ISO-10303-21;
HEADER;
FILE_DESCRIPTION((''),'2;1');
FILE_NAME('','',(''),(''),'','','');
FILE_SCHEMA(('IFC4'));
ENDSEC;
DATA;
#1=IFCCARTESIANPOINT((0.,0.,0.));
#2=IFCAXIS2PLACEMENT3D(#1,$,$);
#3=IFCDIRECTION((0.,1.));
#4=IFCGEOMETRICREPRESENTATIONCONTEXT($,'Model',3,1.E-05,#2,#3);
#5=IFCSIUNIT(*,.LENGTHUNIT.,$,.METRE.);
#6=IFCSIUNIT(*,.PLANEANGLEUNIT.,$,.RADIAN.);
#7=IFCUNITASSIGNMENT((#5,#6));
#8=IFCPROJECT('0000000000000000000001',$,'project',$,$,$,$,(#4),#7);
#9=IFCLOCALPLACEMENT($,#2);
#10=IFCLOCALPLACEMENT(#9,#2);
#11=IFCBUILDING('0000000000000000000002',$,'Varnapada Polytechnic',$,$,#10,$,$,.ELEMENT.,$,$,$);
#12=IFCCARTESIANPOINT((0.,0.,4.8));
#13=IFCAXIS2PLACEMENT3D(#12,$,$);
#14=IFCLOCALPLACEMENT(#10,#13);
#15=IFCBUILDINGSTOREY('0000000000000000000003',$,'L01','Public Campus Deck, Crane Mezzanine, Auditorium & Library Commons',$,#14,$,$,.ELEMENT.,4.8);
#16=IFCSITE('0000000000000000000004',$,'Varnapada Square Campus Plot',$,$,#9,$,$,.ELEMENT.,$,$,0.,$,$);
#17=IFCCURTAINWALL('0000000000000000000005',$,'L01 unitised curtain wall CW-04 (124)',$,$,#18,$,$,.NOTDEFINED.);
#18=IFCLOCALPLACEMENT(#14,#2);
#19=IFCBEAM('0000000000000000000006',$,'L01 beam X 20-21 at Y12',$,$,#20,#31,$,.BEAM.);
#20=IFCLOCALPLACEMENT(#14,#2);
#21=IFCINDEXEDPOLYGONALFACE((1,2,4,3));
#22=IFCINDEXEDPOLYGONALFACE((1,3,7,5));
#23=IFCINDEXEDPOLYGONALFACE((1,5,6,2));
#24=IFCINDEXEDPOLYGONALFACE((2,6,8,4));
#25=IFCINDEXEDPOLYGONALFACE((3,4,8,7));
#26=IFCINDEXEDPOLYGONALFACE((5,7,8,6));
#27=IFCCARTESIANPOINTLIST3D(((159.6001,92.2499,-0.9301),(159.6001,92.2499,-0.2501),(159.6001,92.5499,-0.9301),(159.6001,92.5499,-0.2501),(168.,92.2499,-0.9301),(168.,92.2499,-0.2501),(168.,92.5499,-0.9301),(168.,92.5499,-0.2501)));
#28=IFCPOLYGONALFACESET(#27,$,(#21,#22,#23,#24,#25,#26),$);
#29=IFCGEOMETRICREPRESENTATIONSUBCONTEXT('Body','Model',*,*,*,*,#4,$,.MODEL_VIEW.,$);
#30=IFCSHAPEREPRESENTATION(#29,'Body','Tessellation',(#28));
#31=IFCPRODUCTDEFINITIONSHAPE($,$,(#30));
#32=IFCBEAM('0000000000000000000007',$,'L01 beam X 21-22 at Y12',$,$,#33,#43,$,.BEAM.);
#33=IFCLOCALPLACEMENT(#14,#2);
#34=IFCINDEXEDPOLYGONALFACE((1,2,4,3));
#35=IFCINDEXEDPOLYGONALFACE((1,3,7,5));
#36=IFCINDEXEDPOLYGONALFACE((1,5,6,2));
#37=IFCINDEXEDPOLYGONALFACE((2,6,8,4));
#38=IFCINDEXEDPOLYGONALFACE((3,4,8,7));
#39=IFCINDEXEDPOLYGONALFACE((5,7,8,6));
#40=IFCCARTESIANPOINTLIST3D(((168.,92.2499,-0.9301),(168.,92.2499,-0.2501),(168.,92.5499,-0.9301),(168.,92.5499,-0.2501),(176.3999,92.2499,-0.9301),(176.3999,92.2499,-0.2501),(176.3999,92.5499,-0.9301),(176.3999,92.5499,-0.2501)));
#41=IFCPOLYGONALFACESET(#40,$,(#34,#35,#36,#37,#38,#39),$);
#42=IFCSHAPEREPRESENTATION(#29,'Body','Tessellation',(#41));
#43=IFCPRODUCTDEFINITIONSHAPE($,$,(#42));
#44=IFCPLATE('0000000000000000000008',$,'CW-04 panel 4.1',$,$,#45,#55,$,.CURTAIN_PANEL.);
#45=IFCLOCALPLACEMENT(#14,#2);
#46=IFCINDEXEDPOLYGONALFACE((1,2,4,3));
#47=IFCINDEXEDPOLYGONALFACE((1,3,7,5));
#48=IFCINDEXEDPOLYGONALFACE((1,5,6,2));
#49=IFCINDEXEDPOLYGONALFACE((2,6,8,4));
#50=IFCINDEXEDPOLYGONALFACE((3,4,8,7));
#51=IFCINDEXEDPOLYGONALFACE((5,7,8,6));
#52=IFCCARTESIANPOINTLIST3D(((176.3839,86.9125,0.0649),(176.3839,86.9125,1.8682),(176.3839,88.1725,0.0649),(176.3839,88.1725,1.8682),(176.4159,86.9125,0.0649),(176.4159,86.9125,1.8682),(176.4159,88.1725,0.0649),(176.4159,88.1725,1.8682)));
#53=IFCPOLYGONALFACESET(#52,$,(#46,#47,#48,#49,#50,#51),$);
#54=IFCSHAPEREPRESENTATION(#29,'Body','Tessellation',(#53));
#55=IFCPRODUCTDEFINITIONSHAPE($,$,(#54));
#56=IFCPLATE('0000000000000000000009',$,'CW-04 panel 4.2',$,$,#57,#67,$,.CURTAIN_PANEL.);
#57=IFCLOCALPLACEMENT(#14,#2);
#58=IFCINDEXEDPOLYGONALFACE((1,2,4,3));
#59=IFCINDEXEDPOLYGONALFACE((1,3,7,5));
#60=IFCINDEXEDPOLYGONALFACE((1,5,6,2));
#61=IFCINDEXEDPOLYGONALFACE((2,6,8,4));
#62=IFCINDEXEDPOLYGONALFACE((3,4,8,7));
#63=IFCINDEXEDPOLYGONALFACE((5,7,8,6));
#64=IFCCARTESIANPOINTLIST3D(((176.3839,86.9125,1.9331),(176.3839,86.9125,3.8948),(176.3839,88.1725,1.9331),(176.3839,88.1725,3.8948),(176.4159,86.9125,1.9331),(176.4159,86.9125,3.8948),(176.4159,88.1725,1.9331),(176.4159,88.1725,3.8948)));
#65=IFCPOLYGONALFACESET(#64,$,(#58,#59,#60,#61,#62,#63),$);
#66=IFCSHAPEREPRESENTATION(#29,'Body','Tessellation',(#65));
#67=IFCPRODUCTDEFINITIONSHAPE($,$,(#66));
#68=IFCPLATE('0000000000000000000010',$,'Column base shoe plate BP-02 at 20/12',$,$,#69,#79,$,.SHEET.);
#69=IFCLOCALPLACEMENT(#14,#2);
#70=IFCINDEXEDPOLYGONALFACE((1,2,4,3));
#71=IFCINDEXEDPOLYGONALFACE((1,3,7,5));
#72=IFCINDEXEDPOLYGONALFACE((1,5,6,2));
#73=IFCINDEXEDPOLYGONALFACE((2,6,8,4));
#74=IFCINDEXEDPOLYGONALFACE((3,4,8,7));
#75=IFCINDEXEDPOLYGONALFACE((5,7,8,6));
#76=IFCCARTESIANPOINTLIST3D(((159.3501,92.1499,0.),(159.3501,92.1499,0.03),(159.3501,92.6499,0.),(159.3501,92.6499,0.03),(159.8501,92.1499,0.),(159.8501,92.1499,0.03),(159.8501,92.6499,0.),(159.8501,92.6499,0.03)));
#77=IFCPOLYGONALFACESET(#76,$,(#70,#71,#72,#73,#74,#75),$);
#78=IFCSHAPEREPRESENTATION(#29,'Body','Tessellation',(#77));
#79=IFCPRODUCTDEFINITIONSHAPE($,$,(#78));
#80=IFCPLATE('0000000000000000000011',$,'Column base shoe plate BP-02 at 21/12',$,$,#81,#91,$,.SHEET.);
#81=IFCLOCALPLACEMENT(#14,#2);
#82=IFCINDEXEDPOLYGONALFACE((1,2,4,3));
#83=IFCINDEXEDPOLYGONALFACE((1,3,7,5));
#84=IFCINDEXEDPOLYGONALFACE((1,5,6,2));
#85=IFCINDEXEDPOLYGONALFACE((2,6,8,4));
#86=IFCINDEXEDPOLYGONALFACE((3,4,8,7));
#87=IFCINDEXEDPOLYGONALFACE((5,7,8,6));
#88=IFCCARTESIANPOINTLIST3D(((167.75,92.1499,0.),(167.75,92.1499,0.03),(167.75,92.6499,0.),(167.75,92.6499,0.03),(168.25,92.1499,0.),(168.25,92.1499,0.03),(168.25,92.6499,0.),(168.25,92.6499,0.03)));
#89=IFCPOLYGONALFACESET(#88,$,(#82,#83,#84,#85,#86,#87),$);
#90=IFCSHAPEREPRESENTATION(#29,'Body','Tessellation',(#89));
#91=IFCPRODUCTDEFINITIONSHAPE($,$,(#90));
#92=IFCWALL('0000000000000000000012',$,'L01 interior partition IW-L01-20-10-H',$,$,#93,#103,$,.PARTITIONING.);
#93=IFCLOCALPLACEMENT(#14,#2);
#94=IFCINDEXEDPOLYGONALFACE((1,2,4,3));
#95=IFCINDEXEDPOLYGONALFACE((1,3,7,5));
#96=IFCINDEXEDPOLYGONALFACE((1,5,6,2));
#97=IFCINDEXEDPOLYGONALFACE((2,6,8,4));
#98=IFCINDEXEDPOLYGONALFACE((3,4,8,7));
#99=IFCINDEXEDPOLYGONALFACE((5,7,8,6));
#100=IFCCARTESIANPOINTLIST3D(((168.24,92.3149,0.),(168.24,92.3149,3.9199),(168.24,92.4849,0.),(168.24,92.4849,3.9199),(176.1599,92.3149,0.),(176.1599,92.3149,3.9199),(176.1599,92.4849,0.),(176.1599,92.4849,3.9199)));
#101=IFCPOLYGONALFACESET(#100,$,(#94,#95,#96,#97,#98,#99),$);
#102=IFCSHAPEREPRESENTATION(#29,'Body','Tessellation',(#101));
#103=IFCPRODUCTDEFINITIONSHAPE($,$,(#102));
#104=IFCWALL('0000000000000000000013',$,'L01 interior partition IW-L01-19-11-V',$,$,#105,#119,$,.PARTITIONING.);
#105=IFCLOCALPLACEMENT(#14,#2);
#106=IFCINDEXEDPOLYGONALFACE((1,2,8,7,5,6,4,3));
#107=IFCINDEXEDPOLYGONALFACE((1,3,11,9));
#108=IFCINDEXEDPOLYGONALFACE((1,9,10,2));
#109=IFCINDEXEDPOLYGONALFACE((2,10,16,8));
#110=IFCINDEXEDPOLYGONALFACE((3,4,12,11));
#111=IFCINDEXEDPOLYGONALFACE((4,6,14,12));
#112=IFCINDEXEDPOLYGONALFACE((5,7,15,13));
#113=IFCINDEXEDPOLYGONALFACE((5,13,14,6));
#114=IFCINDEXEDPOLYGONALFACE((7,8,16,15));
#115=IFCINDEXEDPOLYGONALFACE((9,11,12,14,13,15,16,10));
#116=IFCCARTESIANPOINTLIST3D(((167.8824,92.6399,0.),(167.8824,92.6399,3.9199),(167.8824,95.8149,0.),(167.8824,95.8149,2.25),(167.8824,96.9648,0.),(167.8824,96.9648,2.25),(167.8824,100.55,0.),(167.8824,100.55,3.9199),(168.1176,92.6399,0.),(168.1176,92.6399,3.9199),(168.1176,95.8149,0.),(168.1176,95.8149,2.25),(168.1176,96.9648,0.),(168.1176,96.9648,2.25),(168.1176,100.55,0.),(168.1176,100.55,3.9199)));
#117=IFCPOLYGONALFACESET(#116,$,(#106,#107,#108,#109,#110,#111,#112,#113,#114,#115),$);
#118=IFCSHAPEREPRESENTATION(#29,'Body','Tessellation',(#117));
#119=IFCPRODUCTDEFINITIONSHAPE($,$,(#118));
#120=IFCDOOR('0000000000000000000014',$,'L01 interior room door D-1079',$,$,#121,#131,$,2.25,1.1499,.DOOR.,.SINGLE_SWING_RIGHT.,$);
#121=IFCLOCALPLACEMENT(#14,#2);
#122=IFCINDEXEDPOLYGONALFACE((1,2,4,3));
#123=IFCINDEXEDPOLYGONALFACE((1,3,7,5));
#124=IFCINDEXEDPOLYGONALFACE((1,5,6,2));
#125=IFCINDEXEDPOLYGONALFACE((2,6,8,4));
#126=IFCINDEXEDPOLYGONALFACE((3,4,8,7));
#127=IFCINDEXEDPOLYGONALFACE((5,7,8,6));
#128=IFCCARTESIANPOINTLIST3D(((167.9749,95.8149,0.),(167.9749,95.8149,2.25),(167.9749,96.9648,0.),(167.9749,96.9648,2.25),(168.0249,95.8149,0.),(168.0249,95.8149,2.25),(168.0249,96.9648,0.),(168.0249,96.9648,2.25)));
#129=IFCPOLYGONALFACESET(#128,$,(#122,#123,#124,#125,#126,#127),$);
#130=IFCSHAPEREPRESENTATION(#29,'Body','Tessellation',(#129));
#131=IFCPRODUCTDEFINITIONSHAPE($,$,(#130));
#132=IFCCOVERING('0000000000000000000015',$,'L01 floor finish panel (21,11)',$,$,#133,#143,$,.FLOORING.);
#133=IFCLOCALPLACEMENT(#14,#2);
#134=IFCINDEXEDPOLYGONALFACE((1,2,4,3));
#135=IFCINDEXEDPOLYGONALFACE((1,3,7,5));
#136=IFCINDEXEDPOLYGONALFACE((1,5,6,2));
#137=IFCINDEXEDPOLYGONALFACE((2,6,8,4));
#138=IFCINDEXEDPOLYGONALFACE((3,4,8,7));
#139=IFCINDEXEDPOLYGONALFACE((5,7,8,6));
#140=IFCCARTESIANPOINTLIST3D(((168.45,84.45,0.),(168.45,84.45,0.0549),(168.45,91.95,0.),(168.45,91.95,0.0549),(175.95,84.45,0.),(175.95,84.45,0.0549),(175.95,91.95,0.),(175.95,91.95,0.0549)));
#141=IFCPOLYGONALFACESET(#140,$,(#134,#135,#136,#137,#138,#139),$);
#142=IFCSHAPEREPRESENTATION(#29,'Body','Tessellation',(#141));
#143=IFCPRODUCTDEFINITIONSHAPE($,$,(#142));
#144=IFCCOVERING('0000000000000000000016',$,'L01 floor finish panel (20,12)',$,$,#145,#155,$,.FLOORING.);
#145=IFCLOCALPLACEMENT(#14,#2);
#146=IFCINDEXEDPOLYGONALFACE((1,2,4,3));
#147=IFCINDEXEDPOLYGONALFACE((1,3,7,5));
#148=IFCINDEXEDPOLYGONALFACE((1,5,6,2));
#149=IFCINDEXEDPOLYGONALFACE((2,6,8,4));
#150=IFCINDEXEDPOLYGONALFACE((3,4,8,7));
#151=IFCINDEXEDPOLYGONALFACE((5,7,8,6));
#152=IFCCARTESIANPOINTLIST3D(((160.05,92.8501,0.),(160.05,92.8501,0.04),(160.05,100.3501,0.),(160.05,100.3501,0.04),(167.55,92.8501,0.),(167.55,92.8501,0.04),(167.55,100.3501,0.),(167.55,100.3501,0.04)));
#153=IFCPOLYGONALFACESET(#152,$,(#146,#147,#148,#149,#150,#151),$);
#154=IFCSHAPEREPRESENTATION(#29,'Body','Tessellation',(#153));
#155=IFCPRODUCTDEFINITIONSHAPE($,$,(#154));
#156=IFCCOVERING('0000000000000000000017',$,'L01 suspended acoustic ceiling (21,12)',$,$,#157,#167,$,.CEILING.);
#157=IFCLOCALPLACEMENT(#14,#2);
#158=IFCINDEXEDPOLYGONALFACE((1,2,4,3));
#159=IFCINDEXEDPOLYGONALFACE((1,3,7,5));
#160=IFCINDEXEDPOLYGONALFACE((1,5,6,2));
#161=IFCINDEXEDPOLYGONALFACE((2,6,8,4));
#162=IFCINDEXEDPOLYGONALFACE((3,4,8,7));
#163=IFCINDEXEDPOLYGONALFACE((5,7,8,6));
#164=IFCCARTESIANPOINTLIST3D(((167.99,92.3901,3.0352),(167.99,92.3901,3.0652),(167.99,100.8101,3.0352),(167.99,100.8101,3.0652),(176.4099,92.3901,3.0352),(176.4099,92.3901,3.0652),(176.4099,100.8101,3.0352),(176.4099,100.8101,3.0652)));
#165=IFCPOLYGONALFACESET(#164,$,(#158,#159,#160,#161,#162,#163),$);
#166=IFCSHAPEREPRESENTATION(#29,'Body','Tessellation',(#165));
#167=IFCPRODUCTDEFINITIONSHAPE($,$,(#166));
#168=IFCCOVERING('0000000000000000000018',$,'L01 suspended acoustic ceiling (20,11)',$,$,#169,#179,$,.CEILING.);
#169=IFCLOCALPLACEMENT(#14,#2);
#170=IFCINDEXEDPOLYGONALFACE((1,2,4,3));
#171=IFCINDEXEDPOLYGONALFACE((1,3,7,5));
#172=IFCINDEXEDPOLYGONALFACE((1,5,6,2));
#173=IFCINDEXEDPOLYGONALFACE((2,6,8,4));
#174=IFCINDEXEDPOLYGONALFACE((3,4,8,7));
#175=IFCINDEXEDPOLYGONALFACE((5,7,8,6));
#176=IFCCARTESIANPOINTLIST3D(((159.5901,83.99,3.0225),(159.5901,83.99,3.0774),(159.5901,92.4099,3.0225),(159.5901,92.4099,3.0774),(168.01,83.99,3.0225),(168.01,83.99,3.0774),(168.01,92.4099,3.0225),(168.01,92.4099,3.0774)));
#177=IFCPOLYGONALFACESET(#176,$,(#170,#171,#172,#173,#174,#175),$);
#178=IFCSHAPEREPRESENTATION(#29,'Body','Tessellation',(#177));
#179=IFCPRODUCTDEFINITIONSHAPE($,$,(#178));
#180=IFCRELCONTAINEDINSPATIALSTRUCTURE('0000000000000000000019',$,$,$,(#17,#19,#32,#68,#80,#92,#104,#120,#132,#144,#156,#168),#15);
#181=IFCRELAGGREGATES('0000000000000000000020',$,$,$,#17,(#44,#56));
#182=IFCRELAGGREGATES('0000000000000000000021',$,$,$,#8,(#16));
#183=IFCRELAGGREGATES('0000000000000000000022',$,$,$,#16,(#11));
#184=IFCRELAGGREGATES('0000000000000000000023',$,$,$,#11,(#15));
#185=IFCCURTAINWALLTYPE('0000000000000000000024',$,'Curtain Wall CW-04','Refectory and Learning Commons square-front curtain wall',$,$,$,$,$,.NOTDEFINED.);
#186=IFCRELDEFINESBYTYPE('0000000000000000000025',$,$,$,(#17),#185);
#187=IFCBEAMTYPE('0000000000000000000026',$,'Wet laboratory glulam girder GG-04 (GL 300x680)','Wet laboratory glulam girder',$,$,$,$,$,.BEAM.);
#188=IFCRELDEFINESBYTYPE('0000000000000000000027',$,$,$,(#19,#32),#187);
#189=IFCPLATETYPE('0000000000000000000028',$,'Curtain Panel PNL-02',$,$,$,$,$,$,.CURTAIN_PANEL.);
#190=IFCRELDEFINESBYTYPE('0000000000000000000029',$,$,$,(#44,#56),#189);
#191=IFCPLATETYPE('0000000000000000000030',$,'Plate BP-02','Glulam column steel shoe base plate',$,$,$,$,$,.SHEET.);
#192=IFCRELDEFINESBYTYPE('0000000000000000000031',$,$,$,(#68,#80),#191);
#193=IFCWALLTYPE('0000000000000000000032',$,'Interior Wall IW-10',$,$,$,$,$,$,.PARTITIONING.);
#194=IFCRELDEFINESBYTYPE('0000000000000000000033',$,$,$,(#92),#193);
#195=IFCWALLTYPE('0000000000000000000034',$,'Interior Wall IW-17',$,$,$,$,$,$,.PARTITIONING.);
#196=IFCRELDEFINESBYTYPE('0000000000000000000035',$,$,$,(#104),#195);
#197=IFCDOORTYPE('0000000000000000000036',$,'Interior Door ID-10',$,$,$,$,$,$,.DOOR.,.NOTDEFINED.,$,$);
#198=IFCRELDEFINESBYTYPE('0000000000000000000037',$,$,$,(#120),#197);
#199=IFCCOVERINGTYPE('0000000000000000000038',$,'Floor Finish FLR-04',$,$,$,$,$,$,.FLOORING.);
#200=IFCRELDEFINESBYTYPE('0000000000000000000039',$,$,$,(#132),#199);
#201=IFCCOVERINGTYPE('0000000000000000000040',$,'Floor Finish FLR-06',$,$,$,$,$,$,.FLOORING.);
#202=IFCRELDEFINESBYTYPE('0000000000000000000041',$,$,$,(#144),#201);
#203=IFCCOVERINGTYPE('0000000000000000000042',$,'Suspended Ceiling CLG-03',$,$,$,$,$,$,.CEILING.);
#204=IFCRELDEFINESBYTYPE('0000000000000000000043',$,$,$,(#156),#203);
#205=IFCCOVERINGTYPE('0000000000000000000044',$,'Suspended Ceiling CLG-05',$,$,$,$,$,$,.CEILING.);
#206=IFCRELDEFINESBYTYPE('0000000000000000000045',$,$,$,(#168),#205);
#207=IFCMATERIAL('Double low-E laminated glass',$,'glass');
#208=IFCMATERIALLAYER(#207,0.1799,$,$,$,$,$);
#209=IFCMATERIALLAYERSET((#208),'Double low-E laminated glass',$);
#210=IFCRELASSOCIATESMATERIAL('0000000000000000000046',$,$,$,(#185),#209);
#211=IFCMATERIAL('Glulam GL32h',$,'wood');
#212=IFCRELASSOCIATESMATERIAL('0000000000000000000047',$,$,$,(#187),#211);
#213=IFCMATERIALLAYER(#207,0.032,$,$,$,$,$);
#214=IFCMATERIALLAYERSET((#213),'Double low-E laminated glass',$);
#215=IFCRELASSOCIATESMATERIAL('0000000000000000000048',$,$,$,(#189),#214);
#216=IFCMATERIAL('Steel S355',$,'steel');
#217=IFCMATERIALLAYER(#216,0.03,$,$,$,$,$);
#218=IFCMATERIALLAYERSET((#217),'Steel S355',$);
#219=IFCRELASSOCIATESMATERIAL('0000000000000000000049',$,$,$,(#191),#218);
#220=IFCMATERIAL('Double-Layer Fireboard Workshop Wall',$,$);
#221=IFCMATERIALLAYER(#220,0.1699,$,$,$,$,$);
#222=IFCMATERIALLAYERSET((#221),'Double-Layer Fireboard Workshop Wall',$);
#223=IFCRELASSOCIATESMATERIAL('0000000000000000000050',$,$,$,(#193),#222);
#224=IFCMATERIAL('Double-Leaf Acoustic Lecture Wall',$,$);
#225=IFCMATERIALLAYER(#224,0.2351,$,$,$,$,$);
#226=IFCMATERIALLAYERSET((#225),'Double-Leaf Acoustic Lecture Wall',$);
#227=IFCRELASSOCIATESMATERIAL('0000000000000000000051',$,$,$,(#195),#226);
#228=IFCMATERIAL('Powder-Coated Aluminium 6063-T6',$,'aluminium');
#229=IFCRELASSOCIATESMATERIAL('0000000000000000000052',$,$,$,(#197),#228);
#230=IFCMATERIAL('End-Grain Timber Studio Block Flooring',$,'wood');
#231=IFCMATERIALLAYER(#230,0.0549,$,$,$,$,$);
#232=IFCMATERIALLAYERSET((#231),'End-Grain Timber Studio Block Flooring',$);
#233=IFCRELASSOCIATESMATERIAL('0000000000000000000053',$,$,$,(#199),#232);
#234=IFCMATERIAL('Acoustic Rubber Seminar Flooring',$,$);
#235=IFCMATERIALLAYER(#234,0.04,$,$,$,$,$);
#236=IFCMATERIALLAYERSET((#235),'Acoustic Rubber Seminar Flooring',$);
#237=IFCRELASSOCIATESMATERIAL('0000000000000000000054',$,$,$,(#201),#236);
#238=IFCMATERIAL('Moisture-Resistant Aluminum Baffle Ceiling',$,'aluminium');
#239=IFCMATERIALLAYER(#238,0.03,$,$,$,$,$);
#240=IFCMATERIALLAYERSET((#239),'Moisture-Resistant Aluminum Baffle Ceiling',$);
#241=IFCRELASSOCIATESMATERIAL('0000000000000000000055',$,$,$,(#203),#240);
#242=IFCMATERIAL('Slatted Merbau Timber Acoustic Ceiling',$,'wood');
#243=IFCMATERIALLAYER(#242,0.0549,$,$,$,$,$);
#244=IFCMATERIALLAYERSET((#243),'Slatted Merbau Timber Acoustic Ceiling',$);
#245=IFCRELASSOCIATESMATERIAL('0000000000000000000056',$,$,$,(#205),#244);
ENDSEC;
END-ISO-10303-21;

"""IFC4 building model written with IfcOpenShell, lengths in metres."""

from ifc_helpers import new_model, si_unit, direction, frame, frame_2d, origin, origin_2d, place, context, subcontext, project, spatial, rectangle, extrude, material, layer, layer_set, material_profile, profile_set, type_object, element, fill, aggregate, save


model = new_model("IFC4")

# Units and contexts
model_context = context("Model", 3, precision=1e-05, world=origin(), true_north=direction((0.0, 1.0)))
body_context = subcontext(model_context, "Body", "Model", "MODEL_VIEW")
ifc_project = project(units=[si_unit("LENGTHUNIT", "METRE"), si_unit("PLANEANGLEUNIT", "RADIAN")], contexts=[model_context])

# Site, building, storey
site_placement = place(None, origin())
site = spatial("IfcSite", under=ifc_project, at=site_placement, Name="Varnapada Square Campus Plot", CompositionType="ELEMENT", RefElevation=0.0)
building_placement = place(site_placement, origin())
building = spatial("IfcBuilding", under=site, at=building_placement, Name="Varnapada Polytechnic", CompositionType="ELEMENT")
storey_placement = place(building_placement, frame((0.0, 0.0, 4.8)))
storey = spatial("IfcBuildingStorey", under=building, at=storey_placement, Name="L01", Description="Public Campus Deck, Crane Mezzanine, Auditorium & Library Commons", CompositionType="ELEMENT", Elevation=4.8)

# Shared definitions
ifc_material_1 = material(Name="Glulam GL32h", Category="wood")

# Curtain wall
ifc_material_2 = material(Name="Double low-E laminated glass", Category="glass")
ifc_layer_1 = layer(ifc_material_2, 0.1799)
ifc_layer_set_1 = layer_set([ifc_layer_1], Name="Double low-E laminated glass")
curtain_wall_type = type_object("IfcCurtainWallType", Name="Curtain Wall CW-04", Description="Refectory and Learning Commons square-front curtain wall", PredefinedType="NOTDEFINED", material=ifc_layer_set_1)
curtain_wall_placement = place(storey_placement, origin())
curtain_wall = element("IfcCurtainWall", 1, at=curtain_wall_placement, inside=storey, type_object=curtain_wall_type, Name="L01 unitised curtain wall CW-04 (124)", PredefinedType="NOTDEFINED")

# Beams
ifc_material_profile_1 = material_profile(ifc_material_1, rectangle(XDim=0.3, YDim=0.6799, at=origin_2d()), Name="GL 300x680")
ifc_profile_set_1 = profile_set([ifc_material_profile_1], Name="Glulam GL32h")
beam_type_1 = type_object("IfcBeamType", Name="Wet laboratory glulam girder GG-04 (GL 300x680)", Description="Wet laboratory glulam girder", PredefinedType="BEAM", material=ifc_profile_set_1)
for number, where, z_axis, x_axis, name in (
    (2, (159.6001, 92.3999, -0.5901), (1.0, 0.0, 0.0), (0.0, 1.0, 0.0), "L01 beam X 20-21 at Y12"),
    (3, (168.0, 92.3999, -0.5901), (1.0, 0.0, 0.0), (0.0, 1.0, 0.0), "L01 beam X 21-22 at Y12"),
):
    element("IfcBeam", number, at=place(storey_placement, frame(where, z_axis=z_axis, x_axis=x_axis)), inside=storey, type_object=beam_type_1, Name=name, PredefinedType="BEAM", context=body_context, shape_type="SweptSolid", body=[
        extrude(rectangle(XDim=0.3, YDim=0.6799, at=origin_2d()), origin(), (0.0, 0.0, 1.0), 8.3999),
    ])

# Plates
ifc_layer_2 = layer(ifc_material_2, 0.032)
ifc_layer_set_2 = layer_set([ifc_layer_2], Name="Double low-E laminated glass")
plate_type_1 = type_object("IfcPlateType", Name="Curtain Panel PNL-02", PredefinedType="CURTAIN_PANEL", material=ifc_layer_set_2)
plate_1_placement = place(storey_placement, frame((176.3999, 87.5425, 0.0649), z_axis=(0.0, 0.0, 1.0), x_axis=(0.0, -1.0, 0.0)))
plate_1 = element("IfcPlate", 4, at=plate_1_placement, type_object=plate_type_1, Name="CW-04 panel 4.1", PredefinedType="CURTAIN_PANEL", context=body_context, shape_type="SweptSolid", body=[
    extrude(rectangle(XDim=1.26, YDim=0.032, at=origin_2d()), origin(), (0.0, 0.0, 1.0), 1.8032),
])
plate_2_placement = place(storey_placement, frame((176.3999, 87.5425, 1.9331), z_axis=(0.0, 0.0, 1.0), x_axis=(0.0, -1.0, 0.0)))
plate_2 = element("IfcPlate", 5, at=plate_2_placement, type_object=plate_type_1, Name="CW-04 panel 4.2", PredefinedType="CURTAIN_PANEL", context=body_context, shape_type="SweptSolid", body=[
    extrude(rectangle(XDim=1.26, YDim=0.032, at=origin_2d()), origin(), (0.0, 0.0, 1.0), 1.9617),
])
aggregate(curtain_wall, [plate_1, plate_2])

# Plates
ifc_material_3 = material(Name="Steel S355", Category="steel")
ifc_layer_3 = layer(ifc_material_3, 0.03)
ifc_layer_set_3 = layer_set([ifc_layer_3], Name="Steel S355")
plate_type_2 = type_object("IfcPlateType", Name="Plate BP-02", Description="Glulam column steel shoe base plate", PredefinedType="SHEET", material=ifc_layer_set_3)
for number, where, z_axis, x_axis, name in (
    (6, (159.6001, 92.3999, 0.0), (0.0, 0.0, 1.0), (1.0, 0.0, 0.0), "Column base shoe plate BP-02 at 20/12"),
    (7, (168.0, 92.3999, 0.0), (0.0, 0.0, 1.0), (1.0, 0.0, 0.0), "Column base shoe plate BP-02 at 21/12"),
):
    element("IfcPlate", number, at=place(storey_placement, frame(where, z_axis=z_axis, x_axis=x_axis)), inside=storey, type_object=plate_type_2, Name=name, PredefinedType="SHEET", context=body_context, shape_type="SweptSolid", body=[
        extrude(rectangle(XDim=0.5, YDim=0.5, at=origin_2d()), origin(), (0.0, 0.0, 1.0), 0.03),
    ])

# Wall
ifc_material_4 = material(Name="Double-Layer Fireboard Workshop Wall")
ifc_layer_4 = layer(ifc_material_4, 0.1699)
ifc_layer_set_4 = layer_set([ifc_layer_4], Name="Double-Layer Fireboard Workshop Wall")
wall_type_1 = type_object("IfcWallType", Name="Interior Wall IW-10", PredefinedType="PARTITIONING", material=ifc_layer_set_4)
wall_1_placement = place(storey_placement, frame((168.24, 92.3999, 0.0), z_axis=(0.0, 0.0, 1.0), x_axis=(1.0, 0.0, 0.0)))
element("IfcWall", 8, at=wall_1_placement, inside=storey, type_object=wall_type_1, Name="L01 interior partition IW-L01-20-10-H", PredefinedType="PARTITIONING", context=body_context, shape_type="SweptSolid", body=[
    extrude(rectangle(XDim=7.9199, YDim=0.1699, at=frame_2d((3.96, 0.0))), origin(), (0.0, 0.0, 1.0), 3.9199),
])

# Wall, opening, door
ifc_material_5 = material(Name="Double-Leaf Acoustic Lecture Wall")
ifc_layer_5 = layer(ifc_material_5, 0.2351)
ifc_layer_set_5 = layer_set([ifc_layer_5], Name="Double-Leaf Acoustic Lecture Wall")
wall_type_2 = type_object("IfcWallType", Name="Interior Wall IW-17", PredefinedType="PARTITIONING", material=ifc_layer_set_5)
wall_2_placement = place(storey_placement, frame((168.0, 92.6399, 0.0), z_axis=(0.0, 0.0, 1.0), x_axis=(0.0, 1.0, 0.0)))
wall_2 = element("IfcWall", 9, at=wall_2_placement, inside=storey, type_object=wall_type_2, Name="L01 interior partition IW-L01-19-11-V", PredefinedType="PARTITIONING", context=body_context, shape_type="SweptSolid", body=[
    extrude(rectangle(XDim=7.9102, YDim=0.2351, at=frame_2d((3.9551, 0.0))), origin(), (0.0, 0.0, 1.0), 3.9199),
])
opening_placement = place(wall_2_placement, frame((3.175, 0.0, 0.0)))
opening = element("IfcOpeningElement", 10, at=opening_placement, cuts=wall_2, PredefinedType="OPENING", context=body_context, shape_type="SweptSolid", body=[
    extrude(rectangle(XDim=1.1499, YDim=2.25, at=frame_2d((0.575, 1.125))), frame((0.0, 0.1274, 0.0), z_axis=(0.0, -1.0, 0.0), x_axis=(1.0, 0.0, 0.0)), (0.0, 0.0, 1.0), 0.2551),
])
ifc_material_6 = material(Name="Powder-Coated Aluminium 6063-T6", Category="aluminium")
door_type = type_object("IfcDoorType", Name="Interior Door ID-10", OperationType="NOTDEFINED", PredefinedType="DOOR", material=ifc_material_6)
door_placement = place(opening_placement, frame((1.1499, 0.0, 0.0), z_axis=(0.0, 0.0, 1.0), x_axis=(-1.0, 0.0, 0.0)))
door = element("IfcDoor", 11, at=door_placement, inside=storey, type_object=door_type, Name="L01 interior room door D-1079", OperationType="SINGLE_SWING_RIGHT", OverallHeight=2.25, OverallWidth=1.1499, PredefinedType="DOOR", context=body_context, shape_type="SweptSolid", body=[
    extrude(rectangle(XDim=1.1499, YDim=2.25, at=frame_2d((0.575, 1.125))), frame((0.0, 0.0249, 0.0), z_axis=(0.0, -1.0, 0.0), x_axis=(1.0, 0.0, 0.0)), (0.0, 0.0, 1.0), 0.05),
])
fill(opening, door)

# Coverings
ifc_material_7 = material(Name="End-Grain Timber Studio Block Flooring", Category="wood")
ifc_layer_6 = layer(ifc_material_7, 0.0549)
ifc_layer_set_6 = layer_set([ifc_layer_6], Name="End-Grain Timber Studio Block Flooring")
covering_type_1 = type_object("IfcCoveringType", Name="Floor Finish FLR-04", PredefinedType="FLOORING", material=ifc_layer_set_6)
covering_1_placement = place(storey_placement, frame((172.2, 88.2, 0.0), z_axis=(0.0, 0.0, 1.0), x_axis=(1.0, 0.0, 0.0)))
element("IfcCovering", 12, at=covering_1_placement, inside=storey, type_object=covering_type_1, Name="L01 floor finish panel (21,11)", PredefinedType="FLOORING", context=body_context, shape_type="SweptSolid", body=[
    extrude(rectangle(XDim=7.5, YDim=7.5, at=origin_2d()), origin(), (0.0, 0.0, 1.0), 0.0549),
])
ifc_material_8 = material(Name="Acoustic Rubber Seminar Flooring")
ifc_layer_7 = layer(ifc_material_8, 0.04)
ifc_layer_set_7 = layer_set([ifc_layer_7], Name="Acoustic Rubber Seminar Flooring")
covering_type_2 = type_object("IfcCoveringType", Name="Floor Finish FLR-06", PredefinedType="FLOORING", material=ifc_layer_set_7)
covering_2_placement = place(storey_placement, frame((163.8, 96.6001, 0.0), z_axis=(0.0, 0.0, 1.0), x_axis=(1.0, 0.0, 0.0)))
element("IfcCovering", 13, at=covering_2_placement, inside=storey, type_object=covering_type_2, Name="L01 floor finish panel (20,12)", PredefinedType="FLOORING", context=body_context, shape_type="SweptSolid", body=[
    extrude(rectangle(XDim=7.5, YDim=7.5, at=origin_2d()), origin(), (0.0, 0.0, 1.0), 0.04),
])
ifc_material_9 = material(Name="Moisture-Resistant Aluminum Baffle Ceiling", Category="aluminium")
ifc_layer_8 = layer(ifc_material_9, 0.03)
ifc_layer_set_8 = layer_set([ifc_layer_8], Name="Moisture-Resistant Aluminum Baffle Ceiling")
covering_type_3 = type_object("IfcCoveringType", Name="Suspended Ceiling CLG-03", PredefinedType="CEILING", material=ifc_layer_set_8)
covering_3_placement = place(storey_placement, frame((172.2, 96.6001, 3.0352), z_axis=(0.0, 0.0, 1.0), x_axis=(1.0, 0.0, 0.0)))
element("IfcCovering", 14, at=covering_3_placement, inside=storey, type_object=covering_type_3, Name="L01 suspended acoustic ceiling (21,12)", PredefinedType="CEILING", context=body_context, shape_type="SweptSolid", body=[
    extrude(rectangle(XDim=8.4199, YDim=8.4199, at=origin_2d()), origin(), (0.0, 0.0, 1.0), 0.03),
])
ifc_material_10 = material(Name="Slatted Merbau Timber Acoustic Ceiling", Category="wood")
ifc_layer_9 = layer(ifc_material_10, 0.0549)
ifc_layer_set_9 = layer_set([ifc_layer_9], Name="Slatted Merbau Timber Acoustic Ceiling")
covering_type_4 = type_object("IfcCoveringType", Name="Suspended Ceiling CLG-05", PredefinedType="CEILING", material=ifc_layer_set_9)
covering_4_placement = place(storey_placement, frame((163.8, 88.2, 3.0225), z_axis=(0.0, 0.0, 1.0), x_axis=(1.0, 0.0, 0.0)))
element("IfcCovering", 15, at=covering_4_placement, inside=storey, type_object=covering_type_4, Name="L01 suspended acoustic ceiling (20,11)", PredefinedType="CEILING", context=body_context, shape_type="SweptSolid", body=[
    extrude(rectangle(XDim=8.4199, YDim=8.4199, at=origin_2d()), origin(), (0.0, 0.0, 1.0), 0.0549),
])

save(model, "model.ifc")
